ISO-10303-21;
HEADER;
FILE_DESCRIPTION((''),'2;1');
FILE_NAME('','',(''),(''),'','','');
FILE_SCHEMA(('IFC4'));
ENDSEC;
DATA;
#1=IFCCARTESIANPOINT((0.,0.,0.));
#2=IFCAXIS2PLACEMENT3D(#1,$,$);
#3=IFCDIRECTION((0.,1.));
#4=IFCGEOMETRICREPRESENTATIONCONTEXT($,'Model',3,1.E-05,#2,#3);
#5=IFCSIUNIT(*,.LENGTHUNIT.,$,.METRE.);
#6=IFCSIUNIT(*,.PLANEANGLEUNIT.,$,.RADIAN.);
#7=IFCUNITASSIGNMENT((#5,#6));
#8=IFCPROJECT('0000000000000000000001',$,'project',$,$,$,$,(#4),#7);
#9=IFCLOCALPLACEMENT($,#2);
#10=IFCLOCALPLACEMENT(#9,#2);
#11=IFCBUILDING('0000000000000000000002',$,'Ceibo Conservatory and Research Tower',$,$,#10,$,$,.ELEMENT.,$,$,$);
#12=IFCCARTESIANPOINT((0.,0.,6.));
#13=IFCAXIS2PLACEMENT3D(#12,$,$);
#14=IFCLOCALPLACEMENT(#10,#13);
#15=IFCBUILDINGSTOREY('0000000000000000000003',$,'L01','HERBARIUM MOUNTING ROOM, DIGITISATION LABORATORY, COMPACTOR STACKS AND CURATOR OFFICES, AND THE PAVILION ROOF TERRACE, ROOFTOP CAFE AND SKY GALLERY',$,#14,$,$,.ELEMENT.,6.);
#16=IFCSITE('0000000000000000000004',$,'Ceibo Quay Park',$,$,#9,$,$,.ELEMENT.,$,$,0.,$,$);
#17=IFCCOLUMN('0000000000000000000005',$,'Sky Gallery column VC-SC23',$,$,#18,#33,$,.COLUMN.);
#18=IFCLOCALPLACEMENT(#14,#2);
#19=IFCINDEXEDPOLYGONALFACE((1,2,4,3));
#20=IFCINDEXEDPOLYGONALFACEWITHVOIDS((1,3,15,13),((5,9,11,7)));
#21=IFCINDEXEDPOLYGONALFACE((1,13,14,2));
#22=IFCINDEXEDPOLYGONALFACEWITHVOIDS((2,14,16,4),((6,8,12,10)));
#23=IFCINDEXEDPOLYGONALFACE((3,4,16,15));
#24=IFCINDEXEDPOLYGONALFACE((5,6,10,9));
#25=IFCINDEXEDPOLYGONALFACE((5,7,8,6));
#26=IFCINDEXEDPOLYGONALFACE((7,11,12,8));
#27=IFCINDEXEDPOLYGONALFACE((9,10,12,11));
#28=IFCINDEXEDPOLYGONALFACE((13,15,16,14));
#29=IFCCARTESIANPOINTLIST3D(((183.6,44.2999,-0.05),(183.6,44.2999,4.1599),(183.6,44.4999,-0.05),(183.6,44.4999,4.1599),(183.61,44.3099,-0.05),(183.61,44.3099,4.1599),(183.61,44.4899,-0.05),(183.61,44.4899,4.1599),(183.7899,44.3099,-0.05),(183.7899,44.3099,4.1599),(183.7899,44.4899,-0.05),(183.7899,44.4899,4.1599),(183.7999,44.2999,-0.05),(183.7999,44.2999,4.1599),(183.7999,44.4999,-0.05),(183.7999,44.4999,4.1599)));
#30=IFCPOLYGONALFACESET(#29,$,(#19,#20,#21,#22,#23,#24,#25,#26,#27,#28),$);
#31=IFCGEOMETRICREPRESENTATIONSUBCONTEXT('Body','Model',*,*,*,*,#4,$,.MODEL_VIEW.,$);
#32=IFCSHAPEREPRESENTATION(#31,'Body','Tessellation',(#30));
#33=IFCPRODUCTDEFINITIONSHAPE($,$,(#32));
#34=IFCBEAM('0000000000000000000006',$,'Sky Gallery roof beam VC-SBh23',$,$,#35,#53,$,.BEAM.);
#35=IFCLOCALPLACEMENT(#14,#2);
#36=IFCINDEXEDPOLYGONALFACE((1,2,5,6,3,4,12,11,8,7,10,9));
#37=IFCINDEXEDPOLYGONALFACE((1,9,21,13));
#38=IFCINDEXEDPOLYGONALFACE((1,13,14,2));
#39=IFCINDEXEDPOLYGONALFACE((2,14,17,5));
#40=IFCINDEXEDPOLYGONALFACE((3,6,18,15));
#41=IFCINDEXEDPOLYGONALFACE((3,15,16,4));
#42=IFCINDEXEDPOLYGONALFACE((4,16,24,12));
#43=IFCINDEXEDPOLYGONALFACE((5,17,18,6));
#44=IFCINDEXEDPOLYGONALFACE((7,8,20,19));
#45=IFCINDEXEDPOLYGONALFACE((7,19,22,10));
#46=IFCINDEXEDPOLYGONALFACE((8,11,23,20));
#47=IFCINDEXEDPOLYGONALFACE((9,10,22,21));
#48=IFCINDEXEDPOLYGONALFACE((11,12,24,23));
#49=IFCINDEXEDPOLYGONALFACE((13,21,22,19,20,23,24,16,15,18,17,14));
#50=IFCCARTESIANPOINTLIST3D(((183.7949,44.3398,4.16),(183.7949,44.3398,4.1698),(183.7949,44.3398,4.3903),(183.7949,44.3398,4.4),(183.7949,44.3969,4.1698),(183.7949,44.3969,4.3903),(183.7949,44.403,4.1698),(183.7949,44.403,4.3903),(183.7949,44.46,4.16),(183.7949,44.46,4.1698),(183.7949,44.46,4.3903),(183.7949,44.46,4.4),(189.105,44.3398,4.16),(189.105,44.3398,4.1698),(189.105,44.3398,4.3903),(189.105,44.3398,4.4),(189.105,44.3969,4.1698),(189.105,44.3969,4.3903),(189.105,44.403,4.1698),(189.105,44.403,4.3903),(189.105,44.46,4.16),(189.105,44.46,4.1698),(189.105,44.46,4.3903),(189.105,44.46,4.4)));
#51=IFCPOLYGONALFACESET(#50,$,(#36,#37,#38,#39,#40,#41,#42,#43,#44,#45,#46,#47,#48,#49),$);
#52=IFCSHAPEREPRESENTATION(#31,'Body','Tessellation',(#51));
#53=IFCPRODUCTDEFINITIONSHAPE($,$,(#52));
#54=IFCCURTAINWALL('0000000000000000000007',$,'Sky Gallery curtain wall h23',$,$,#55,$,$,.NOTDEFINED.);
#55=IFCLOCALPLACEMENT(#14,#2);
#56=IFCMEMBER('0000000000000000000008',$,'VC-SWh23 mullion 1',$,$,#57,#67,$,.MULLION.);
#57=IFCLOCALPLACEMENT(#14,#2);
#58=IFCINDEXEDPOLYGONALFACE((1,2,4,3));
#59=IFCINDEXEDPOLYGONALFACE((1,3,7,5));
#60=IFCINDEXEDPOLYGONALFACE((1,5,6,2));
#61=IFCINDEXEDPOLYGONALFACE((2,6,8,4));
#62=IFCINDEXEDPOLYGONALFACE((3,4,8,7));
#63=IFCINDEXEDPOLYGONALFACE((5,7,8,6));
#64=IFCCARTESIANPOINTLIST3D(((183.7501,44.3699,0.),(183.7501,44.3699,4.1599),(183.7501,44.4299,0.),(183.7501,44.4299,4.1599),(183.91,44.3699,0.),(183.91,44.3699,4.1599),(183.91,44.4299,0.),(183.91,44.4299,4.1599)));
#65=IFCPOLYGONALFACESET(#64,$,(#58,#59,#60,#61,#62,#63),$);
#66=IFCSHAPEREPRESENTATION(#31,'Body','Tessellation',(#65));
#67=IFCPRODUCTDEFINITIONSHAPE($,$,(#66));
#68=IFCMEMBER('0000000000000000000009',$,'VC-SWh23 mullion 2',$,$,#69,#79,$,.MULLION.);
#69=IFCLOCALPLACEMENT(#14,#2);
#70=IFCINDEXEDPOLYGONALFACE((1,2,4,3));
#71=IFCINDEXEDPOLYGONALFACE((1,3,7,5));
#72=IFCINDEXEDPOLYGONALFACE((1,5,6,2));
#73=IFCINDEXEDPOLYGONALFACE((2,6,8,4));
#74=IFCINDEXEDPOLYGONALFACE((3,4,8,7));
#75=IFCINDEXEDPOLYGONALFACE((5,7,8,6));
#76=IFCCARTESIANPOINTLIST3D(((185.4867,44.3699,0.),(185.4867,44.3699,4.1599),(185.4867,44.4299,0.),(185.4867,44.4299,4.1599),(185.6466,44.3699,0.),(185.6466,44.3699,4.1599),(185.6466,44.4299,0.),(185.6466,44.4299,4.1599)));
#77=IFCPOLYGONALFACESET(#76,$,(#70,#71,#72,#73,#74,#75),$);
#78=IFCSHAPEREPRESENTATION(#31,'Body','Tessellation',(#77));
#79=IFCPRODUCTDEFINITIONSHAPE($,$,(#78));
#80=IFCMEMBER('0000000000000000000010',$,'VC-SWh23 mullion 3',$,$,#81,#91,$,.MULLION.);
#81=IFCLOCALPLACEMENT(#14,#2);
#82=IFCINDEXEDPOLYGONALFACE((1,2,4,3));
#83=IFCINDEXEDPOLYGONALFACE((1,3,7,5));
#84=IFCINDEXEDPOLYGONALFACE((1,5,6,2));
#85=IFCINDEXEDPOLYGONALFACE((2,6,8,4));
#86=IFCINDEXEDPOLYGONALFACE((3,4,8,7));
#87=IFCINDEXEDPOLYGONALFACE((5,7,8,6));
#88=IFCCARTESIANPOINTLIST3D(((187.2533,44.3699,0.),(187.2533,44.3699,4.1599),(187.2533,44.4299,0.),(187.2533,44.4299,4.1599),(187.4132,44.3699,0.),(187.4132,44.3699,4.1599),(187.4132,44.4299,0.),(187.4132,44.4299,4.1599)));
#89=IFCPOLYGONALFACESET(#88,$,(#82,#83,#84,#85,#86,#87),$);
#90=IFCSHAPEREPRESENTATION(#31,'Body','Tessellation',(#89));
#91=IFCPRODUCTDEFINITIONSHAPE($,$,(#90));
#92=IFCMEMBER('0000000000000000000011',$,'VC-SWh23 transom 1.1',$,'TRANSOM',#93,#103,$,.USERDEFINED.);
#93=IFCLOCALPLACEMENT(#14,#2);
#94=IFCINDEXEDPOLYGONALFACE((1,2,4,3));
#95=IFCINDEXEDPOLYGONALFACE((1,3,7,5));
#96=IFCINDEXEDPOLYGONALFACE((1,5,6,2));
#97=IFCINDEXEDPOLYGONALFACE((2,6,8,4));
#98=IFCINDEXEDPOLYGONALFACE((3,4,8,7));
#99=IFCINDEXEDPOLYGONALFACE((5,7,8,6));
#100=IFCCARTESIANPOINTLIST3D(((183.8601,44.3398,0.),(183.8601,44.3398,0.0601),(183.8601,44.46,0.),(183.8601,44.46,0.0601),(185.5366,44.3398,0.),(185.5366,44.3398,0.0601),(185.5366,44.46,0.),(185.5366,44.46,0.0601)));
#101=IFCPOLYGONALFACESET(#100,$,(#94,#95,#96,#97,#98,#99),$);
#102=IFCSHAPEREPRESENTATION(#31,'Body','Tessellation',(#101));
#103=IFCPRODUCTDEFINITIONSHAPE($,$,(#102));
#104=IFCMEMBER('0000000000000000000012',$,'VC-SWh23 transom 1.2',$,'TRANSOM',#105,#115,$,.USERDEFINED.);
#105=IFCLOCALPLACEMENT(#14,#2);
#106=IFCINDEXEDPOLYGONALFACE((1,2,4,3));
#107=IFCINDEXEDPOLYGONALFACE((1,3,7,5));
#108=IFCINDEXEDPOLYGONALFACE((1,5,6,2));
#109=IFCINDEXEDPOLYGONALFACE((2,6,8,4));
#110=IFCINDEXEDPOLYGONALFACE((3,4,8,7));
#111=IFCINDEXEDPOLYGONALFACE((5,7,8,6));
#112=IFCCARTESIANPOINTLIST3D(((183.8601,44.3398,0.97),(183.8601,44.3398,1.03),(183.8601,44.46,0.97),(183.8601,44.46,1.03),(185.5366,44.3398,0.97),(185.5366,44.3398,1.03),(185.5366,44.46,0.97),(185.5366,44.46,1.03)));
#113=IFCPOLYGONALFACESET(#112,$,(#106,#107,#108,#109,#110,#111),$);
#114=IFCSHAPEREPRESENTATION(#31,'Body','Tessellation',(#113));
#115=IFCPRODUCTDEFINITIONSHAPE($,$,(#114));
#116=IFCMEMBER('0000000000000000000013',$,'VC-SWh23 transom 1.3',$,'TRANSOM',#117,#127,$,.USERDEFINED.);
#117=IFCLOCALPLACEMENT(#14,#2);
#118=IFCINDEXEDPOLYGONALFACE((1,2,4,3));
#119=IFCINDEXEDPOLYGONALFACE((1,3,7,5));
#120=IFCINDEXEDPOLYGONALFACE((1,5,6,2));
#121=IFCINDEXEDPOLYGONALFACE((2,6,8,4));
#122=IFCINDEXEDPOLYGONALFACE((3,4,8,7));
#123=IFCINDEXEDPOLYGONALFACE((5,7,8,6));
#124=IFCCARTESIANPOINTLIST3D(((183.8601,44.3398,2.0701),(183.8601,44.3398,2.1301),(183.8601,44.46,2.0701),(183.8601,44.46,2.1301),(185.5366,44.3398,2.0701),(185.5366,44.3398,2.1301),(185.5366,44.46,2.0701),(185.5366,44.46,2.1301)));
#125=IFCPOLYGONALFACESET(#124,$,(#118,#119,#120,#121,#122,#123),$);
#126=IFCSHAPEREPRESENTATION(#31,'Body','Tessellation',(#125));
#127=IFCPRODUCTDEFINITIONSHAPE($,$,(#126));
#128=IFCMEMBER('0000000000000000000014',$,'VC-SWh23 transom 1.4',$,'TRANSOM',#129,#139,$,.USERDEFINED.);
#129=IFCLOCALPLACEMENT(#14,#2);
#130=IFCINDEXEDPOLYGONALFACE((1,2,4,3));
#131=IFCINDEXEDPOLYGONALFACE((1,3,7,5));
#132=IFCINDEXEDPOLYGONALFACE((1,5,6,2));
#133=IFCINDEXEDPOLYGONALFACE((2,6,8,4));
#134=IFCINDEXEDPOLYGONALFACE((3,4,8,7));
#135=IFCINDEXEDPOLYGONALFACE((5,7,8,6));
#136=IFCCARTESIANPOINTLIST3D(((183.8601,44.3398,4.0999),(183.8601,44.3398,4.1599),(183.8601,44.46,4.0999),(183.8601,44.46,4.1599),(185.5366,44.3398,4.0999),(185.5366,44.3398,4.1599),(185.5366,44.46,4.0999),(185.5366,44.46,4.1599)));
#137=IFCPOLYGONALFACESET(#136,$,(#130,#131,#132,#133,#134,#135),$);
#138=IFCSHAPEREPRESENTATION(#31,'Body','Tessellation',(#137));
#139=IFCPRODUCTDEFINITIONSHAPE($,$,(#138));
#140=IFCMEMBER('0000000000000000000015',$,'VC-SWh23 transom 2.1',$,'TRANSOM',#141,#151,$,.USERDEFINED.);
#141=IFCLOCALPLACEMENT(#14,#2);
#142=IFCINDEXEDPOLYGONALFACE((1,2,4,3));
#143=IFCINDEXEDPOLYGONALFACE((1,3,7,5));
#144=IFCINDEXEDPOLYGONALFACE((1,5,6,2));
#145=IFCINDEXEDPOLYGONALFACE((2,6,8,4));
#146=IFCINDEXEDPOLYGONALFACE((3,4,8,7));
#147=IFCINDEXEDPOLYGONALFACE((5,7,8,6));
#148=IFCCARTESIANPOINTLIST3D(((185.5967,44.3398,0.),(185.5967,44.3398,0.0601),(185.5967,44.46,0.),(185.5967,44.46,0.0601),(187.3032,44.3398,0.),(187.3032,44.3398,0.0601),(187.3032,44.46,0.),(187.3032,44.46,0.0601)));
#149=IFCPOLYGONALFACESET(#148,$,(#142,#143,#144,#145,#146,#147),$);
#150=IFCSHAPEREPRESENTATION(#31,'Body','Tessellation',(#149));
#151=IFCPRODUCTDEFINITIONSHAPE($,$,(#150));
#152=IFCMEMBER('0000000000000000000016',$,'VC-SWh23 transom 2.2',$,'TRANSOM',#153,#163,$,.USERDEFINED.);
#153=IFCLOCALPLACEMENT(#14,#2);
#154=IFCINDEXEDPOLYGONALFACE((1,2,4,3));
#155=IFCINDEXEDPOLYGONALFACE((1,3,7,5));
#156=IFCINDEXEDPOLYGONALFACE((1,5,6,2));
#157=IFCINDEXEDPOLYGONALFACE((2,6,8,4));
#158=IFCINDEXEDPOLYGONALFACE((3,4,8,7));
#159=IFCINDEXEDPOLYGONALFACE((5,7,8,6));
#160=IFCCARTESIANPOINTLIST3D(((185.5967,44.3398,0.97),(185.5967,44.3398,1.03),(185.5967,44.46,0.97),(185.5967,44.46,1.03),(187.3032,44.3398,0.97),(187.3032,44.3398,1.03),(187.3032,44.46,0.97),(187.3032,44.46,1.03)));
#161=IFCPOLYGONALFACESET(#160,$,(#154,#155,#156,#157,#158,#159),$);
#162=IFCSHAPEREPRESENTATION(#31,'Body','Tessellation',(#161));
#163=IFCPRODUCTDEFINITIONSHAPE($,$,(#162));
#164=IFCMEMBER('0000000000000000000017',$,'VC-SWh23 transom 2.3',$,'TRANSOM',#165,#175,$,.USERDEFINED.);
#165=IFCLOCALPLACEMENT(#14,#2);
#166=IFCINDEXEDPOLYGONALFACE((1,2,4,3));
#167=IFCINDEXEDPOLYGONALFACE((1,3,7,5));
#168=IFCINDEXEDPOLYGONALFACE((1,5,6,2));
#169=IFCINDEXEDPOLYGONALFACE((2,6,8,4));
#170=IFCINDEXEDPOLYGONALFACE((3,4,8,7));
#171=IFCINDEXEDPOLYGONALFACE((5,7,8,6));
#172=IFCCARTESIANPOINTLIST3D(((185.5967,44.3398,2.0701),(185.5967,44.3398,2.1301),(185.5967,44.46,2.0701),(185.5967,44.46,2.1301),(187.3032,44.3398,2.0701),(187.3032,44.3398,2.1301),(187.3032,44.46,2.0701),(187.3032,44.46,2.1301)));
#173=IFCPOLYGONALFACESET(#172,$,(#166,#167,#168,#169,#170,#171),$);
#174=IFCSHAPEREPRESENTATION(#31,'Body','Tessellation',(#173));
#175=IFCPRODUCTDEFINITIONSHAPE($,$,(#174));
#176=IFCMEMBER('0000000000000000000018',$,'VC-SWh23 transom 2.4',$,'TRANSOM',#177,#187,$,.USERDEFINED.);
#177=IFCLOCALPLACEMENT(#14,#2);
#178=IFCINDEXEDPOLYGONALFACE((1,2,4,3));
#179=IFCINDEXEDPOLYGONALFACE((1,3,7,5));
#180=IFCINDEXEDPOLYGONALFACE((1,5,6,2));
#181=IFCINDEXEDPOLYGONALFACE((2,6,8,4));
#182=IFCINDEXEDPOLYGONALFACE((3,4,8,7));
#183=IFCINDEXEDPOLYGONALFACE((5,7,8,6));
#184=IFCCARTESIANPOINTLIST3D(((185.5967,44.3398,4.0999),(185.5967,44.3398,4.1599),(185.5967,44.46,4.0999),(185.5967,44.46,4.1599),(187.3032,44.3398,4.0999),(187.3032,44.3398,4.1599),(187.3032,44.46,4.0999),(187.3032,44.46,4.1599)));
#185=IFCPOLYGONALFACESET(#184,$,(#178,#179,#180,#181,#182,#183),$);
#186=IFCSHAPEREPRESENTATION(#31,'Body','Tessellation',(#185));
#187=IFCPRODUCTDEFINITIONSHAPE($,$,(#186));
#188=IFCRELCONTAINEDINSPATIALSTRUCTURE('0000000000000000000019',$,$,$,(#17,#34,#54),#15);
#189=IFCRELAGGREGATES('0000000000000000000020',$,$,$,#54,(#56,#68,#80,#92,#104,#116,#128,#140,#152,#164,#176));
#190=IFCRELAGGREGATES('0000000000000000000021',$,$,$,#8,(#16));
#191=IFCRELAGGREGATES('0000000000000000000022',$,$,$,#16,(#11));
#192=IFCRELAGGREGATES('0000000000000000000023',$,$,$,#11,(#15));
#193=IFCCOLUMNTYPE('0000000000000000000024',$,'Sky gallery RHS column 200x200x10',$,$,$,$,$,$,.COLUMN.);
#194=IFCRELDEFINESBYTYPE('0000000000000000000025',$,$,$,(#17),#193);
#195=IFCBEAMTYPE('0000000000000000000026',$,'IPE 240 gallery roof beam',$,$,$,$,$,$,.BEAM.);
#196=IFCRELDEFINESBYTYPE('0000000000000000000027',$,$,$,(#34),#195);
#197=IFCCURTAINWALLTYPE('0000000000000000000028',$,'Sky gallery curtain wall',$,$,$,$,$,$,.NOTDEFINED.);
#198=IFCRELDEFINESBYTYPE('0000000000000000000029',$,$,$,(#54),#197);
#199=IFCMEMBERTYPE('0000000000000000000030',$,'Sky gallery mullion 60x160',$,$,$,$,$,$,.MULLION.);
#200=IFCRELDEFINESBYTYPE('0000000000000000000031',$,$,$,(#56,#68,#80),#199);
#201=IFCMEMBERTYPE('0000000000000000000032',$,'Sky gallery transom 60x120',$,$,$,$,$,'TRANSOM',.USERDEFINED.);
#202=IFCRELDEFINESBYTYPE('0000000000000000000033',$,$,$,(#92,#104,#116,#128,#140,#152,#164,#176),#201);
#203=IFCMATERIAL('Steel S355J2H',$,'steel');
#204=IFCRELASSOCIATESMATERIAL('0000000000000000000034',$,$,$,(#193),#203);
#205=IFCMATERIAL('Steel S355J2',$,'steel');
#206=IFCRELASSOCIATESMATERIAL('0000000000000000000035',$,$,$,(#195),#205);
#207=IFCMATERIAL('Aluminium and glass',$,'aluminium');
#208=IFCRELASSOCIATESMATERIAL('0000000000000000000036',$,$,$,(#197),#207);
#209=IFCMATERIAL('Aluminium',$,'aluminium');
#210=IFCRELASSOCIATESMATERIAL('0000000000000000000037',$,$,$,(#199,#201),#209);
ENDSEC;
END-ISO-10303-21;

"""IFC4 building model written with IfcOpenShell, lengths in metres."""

from ifc_helpers import new_model, si_unit, direction, frame, origin, origin_2d, place, context, subcontext, project, spatial, rectangle, hollow_rectangle, i_section, extrude, material, material_profile, profile_set, type_object, element, aggregate, save


model = new_model("IFC4")

# Units and contexts
model_context = context("Model", 3, precision=1e-05, world=origin(), true_north=direction((0.0, 1.0)))
body_context = subcontext(model_context, "Body", "Model", "MODEL_VIEW")
ifc_project = project(units=[si_unit("LENGTHUNIT", "METRE"), si_unit("PLANEANGLEUNIT", "RADIAN")], contexts=[model_context])

# Site, building, storey
site_placement = place(None, origin())
site = spatial("IfcSite", under=ifc_project, at=site_placement, Name="Ceibo Quay Park", CompositionType="ELEMENT", RefElevation=0.0)
building_placement = place(site_placement, origin())
building = spatial("IfcBuilding", under=site, at=building_placement, Name="Ceibo Conservatory and Research Tower", CompositionType="ELEMENT")
storey_placement = place(building_placement, frame((0.0, 0.0, 6.0)))
storey = spatial("IfcBuildingStorey", under=building, at=storey_placement, Name="L01", Description="HERBARIUM MOUNTING ROOM, DIGITISATION LABORATORY, COMPACTOR STACKS AND CURATOR OFFICES, AND THE PAVILION ROOF TERRACE, ROOFTOP CAFE AND SKY GALLERY", CompositionType="ELEMENT", Elevation=6.0)

# Column
ifc_material_1 = material(Name="Steel S355J2H", Category="steel")
ifc_material_profile_1 = material_profile(ifc_material_1, hollow_rectangle(XDim=0.2, YDim=0.2, WallThickness=0.01, at=origin_2d()), Name="Sky gallery RHS column 200x200x10")
ifc_profile_set_1 = profile_set([ifc_material_profile_1], Name="Steel S355J2H")
column_type = type_object("IfcColumnType", Name="Sky gallery RHS column 200x200x10", PredefinedType="COLUMN", material=ifc_profile_set_1)
column_placement = place(storey_placement, frame((183.7, 44.3999, -0.05), z_axis=(0.0, 0.0, 1.0), x_axis=(1.0, 0.0, 0.0)))
element("IfcColumn", 1, at=column_placement, inside=storey, type_object=column_type, Name="Sky Gallery column VC-SC23", PredefinedType="COLUMN", context=body_context, shape_type="SweptSolid", body=[
    extrude(hollow_rectangle(XDim=0.2, YDim=0.2, WallThickness=0.01, at=origin_2d()), origin(), (0.0, 0.0, 1.0), 4.21),
])

# Beam
ifc_material_2 = material(Name="Steel S355J2", Category="steel")
ifc_material_profile_2 = material_profile(ifc_material_2, i_section(OverallWidth=0.1201, OverallDepth=0.24, WebThickness=0.0061, FlangeThickness=0.0098, at=origin_2d()), Name="IPE 240")
ifc_profile_set_2 = profile_set([ifc_material_profile_2], Name="Steel S355J2")
beam_type = type_object("IfcBeamType", Name="IPE 240 gallery roof beam", PredefinedType="BEAM", material=ifc_profile_set_2)
beam_placement = place(storey_placement, frame((183.7949, 44.3999, 4.28), z_axis=(1.0, 0.0, 0.0), x_axis=(0.0, 1.0, 0.0)))
element("IfcBeam", 2, at=beam_placement, inside=storey, type_object=beam_type, Name="Sky Gallery roof beam VC-SBh23", PredefinedType="BEAM", context=body_context, shape_type="SweptSolid", body=[
    extrude(i_section(OverallWidth=0.1201, OverallDepth=0.24, WebThickness=0.0061, FlangeThickness=0.0098, at=origin_2d()), origin(), (0.0, 0.0, 1.0), 5.3101),
])

# Curtain wall, members
ifc_material_3 = material(Name="Aluminium and glass", Category="aluminium")
curtain_wall_type = type_object("IfcCurtainWallType", Name="Sky gallery curtain wall", PredefinedType="NOTDEFINED", material=ifc_material_3)
curtain_wall_placement = place(storey_placement, origin())
curtain_wall = element("IfcCurtainWall", 3, at=curtain_wall_placement, inside=storey, type_object=curtain_wall_type, Name="Sky Gallery curtain wall h23", PredefinedType="NOTDEFINED")
ifc_material_4 = material(Name="Aluminium", Category="aluminium")
ifc_material_profile_3 = material_profile(ifc_material_4, rectangle(XDim=0.0601, YDim=0.1599, at=origin_2d()), Name="AL 60x160")
ifc_profile_set_3 = profile_set([ifc_material_profile_3], Name="Aluminium")
member_type_1 = type_object("IfcMemberType", Name="Sky gallery mullion 60x160", PredefinedType="MULLION", material=ifc_profile_set_3)
member_1_placement = place(storey_placement, frame((183.8301, 44.3999, 0.0), z_axis=(0.0, 0.0, 1.0), x_axis=(0.0, 1.0, 0.0)))
member_1 = element("IfcMember", 4, at=member_1_placement, type_object=member_type_1, Name="VC-SWh23 mullion 1", PredefinedType="MULLION", context=body_context, shape_type="SweptSolid", body=[
    extrude(rectangle(XDim=0.0601, YDim=0.1599, at=origin_2d()), origin(), (0.0, 0.0, 1.0), 4.1599),
])
member_2_placement = place(storey_placement, frame((185.5667, 44.3999, 0.0), z_axis=(0.0, 0.0, 1.0), x_axis=(0.0, 1.0, 0.0)))
member_2 = element("IfcMember", 5, at=member_2_placement, type_object=member_type_1, Name="VC-SWh23 mullion 2", PredefinedType="MULLION", context=body_context, shape_type="SweptSolid", body=[
    extrude(rectangle(XDim=0.0601, YDim=0.1599, at=origin_2d()), origin(), (0.0, 0.0, 1.0), 4.1599),
])
member_3_placement = place(storey_placement, frame((187.3333, 44.3999, 0.0), z_axis=(0.0, 0.0, 1.0), x_axis=(0.0, 1.0, 0.0)))
member_3 = element("IfcMember", 6, at=member_3_placement, type_object=member_type_1, Name="VC-SWh23 mullion 3", PredefinedType="MULLION", context=body_context, shape_type="SweptSolid", body=[
    extrude(rectangle(XDim=0.0601, YDim=0.1599, at=origin_2d()), origin(), (0.0, 0.0, 1.0), 4.1599),
])
ifc_material_profile_4 = material_profile(ifc_material_4, rectangle(XDim=0.1201, YDim=0.0601, at=origin_2d()), Name="AL 60x120")
ifc_profile_set_4 = profile_set([ifc_material_profile_4], Name="Aluminium")
member_type_2 = type_object("IfcMemberType", Name="Sky gallery transom 60x120", ElementType="TRANSOM", PredefinedType="USERDEFINED", material=ifc_profile_set_4)
member_4_placement = place(storey_placement, frame((183.8601, 44.3999, 0.03), z_axis=(1.0, 0.0, 0.0), x_axis=(0.0, 1.0, 0.0)))
member_4 = element("IfcMember", 7, at=member_4_placement, type_object=member_type_2, Name="VC-SWh23 transom 1.1", ObjectType="TRANSOM", PredefinedType="USERDEFINED", context=body_context, shape_type="SweptSolid", body=[
    extrude(rectangle(XDim=0.1201, YDim=0.0601, at=origin_2d()), origin(), (0.0, 0.0, 1.0), 1.6765),
])
member_5_placement = place(storey_placement, frame((183.8601, 44.3999, 1.0), z_axis=(1.0, 0.0, 0.0), x_axis=(0.0, 1.0, 0.0)))
member_5 = element("IfcMember", 8, at=member_5_placement, type_object=member_type_2, Name="VC-SWh23 transom 1.2", ObjectType="TRANSOM", PredefinedType="USERDEFINED", context=body_context, shape_type="SweptSolid", body=[
    extrude(rectangle(XDim=0.1201, YDim=0.0601, at=origin_2d()), origin(), (0.0, 0.0, 1.0), 1.6765),
])
member_6_placement = place(storey_placement, frame((183.8601, 44.3999, 2.1001), z_axis=(1.0, 0.0, 0.0), x_axis=(0.0, 1.0, 0.0)))
member_6 = element("IfcMember", 9, at=member_6_placement, type_object=member_type_2, Name="VC-SWh23 transom 1.3", ObjectType="TRANSOM", PredefinedType="USERDEFINED", context=body_context, shape_type="SweptSolid", body=[
    extrude(rectangle(XDim=0.1201, YDim=0.0601, at=origin_2d()), origin(), (0.0, 0.0, 1.0), 1.6765),
])
member_7_placement = place(storey_placement, frame((183.8601, 44.3999, 4.1299), z_axis=(1.0, 0.0, 0.0), x_axis=(0.0, 1.0, 0.0)))
member_7 = element("IfcMember", 10, at=member_7_placement, type_object=member_type_2, Name="VC-SWh23 transom 1.4", ObjectType="TRANSOM", PredefinedType="USERDEFINED", context=body_context, shape_type="SweptSolid", body=[
    extrude(rectangle(XDim=0.1201, YDim=0.0601, at=origin_2d()), origin(), (0.0, 0.0, 1.0), 1.6765),
])
member_8_placement = place(storey_placement, frame((185.5967, 44.3999, 0.03), z_axis=(1.0, 0.0, 0.0), x_axis=(0.0, 1.0, 0.0)))
member_8 = element("IfcMember", 11, at=member_8_placement, type_object=member_type_2, Name="VC-SWh23 transom 2.1", ObjectType="TRANSOM", PredefinedType="USERDEFINED", context=body_context, shape_type="SweptSolid", body=[
    extrude(rectangle(XDim=0.1201, YDim=0.0601, at=origin_2d()), origin(), (0.0, 0.0, 1.0), 1.7065),
])
member_9_placement = place(storey_placement, frame((185.5967, 44.3999, 1.0), z_axis=(1.0, 0.0, 0.0), x_axis=(0.0, 1.0, 0.0)))
member_9 = element("IfcMember", 12, at=member_9_placement, type_object=member_type_2, Name="VC-SWh23 transom 2.2", ObjectType="TRANSOM", PredefinedType="USERDEFINED", context=body_context, shape_type="SweptSolid", body=[
    extrude(rectangle(XDim=0.1201, YDim=0.0601, at=origin_2d()), origin(), (0.0, 0.0, 1.0), 1.7065),
])
member_10_placement = place(storey_placement, frame((185.5967, 44.3999, 2.1001), z_axis=(1.0, 0.0, 0.0), x_axis=(0.0, 1.0, 0.0)))
member_10 = element("IfcMember", 13, at=member_10_placement, type_object=member_type_2, Name="VC-SWh23 transom 2.3", ObjectType="TRANSOM", PredefinedType="USERDEFINED", context=body_context, shape_type="SweptSolid", body=[
    extrude(rectangle(XDim=0.1201, YDim=0.0601, at=origin_2d()), origin(), (0.0, 0.0, 1.0), 1.7065),
])
member_11_placement = place(storey_placement, frame((185.5967, 44.3999, 4.1299), z_axis=(1.0, 0.0, 0.0), x_axis=(0.0, 1.0, 0.0)))
member_11 = element("IfcMember", 14, at=member_11_placement, type_object=member_type_2, Name="VC-SWh23 transom 2.4", ObjectType="TRANSOM", PredefinedType="USERDEFINED", context=body_context, shape_type="SweptSolid", body=[
    extrude(rectangle(XDim=0.1201, YDim=0.0601, at=origin_2d()), origin(), (0.0, 0.0, 1.0), 1.7065),
])
aggregate(curtain_wall, [member_1, member_2, member_3, member_4, member_5, member_6, member_7, member_8, member_9, member_10, member_11])

save(model, "model.ifc")
